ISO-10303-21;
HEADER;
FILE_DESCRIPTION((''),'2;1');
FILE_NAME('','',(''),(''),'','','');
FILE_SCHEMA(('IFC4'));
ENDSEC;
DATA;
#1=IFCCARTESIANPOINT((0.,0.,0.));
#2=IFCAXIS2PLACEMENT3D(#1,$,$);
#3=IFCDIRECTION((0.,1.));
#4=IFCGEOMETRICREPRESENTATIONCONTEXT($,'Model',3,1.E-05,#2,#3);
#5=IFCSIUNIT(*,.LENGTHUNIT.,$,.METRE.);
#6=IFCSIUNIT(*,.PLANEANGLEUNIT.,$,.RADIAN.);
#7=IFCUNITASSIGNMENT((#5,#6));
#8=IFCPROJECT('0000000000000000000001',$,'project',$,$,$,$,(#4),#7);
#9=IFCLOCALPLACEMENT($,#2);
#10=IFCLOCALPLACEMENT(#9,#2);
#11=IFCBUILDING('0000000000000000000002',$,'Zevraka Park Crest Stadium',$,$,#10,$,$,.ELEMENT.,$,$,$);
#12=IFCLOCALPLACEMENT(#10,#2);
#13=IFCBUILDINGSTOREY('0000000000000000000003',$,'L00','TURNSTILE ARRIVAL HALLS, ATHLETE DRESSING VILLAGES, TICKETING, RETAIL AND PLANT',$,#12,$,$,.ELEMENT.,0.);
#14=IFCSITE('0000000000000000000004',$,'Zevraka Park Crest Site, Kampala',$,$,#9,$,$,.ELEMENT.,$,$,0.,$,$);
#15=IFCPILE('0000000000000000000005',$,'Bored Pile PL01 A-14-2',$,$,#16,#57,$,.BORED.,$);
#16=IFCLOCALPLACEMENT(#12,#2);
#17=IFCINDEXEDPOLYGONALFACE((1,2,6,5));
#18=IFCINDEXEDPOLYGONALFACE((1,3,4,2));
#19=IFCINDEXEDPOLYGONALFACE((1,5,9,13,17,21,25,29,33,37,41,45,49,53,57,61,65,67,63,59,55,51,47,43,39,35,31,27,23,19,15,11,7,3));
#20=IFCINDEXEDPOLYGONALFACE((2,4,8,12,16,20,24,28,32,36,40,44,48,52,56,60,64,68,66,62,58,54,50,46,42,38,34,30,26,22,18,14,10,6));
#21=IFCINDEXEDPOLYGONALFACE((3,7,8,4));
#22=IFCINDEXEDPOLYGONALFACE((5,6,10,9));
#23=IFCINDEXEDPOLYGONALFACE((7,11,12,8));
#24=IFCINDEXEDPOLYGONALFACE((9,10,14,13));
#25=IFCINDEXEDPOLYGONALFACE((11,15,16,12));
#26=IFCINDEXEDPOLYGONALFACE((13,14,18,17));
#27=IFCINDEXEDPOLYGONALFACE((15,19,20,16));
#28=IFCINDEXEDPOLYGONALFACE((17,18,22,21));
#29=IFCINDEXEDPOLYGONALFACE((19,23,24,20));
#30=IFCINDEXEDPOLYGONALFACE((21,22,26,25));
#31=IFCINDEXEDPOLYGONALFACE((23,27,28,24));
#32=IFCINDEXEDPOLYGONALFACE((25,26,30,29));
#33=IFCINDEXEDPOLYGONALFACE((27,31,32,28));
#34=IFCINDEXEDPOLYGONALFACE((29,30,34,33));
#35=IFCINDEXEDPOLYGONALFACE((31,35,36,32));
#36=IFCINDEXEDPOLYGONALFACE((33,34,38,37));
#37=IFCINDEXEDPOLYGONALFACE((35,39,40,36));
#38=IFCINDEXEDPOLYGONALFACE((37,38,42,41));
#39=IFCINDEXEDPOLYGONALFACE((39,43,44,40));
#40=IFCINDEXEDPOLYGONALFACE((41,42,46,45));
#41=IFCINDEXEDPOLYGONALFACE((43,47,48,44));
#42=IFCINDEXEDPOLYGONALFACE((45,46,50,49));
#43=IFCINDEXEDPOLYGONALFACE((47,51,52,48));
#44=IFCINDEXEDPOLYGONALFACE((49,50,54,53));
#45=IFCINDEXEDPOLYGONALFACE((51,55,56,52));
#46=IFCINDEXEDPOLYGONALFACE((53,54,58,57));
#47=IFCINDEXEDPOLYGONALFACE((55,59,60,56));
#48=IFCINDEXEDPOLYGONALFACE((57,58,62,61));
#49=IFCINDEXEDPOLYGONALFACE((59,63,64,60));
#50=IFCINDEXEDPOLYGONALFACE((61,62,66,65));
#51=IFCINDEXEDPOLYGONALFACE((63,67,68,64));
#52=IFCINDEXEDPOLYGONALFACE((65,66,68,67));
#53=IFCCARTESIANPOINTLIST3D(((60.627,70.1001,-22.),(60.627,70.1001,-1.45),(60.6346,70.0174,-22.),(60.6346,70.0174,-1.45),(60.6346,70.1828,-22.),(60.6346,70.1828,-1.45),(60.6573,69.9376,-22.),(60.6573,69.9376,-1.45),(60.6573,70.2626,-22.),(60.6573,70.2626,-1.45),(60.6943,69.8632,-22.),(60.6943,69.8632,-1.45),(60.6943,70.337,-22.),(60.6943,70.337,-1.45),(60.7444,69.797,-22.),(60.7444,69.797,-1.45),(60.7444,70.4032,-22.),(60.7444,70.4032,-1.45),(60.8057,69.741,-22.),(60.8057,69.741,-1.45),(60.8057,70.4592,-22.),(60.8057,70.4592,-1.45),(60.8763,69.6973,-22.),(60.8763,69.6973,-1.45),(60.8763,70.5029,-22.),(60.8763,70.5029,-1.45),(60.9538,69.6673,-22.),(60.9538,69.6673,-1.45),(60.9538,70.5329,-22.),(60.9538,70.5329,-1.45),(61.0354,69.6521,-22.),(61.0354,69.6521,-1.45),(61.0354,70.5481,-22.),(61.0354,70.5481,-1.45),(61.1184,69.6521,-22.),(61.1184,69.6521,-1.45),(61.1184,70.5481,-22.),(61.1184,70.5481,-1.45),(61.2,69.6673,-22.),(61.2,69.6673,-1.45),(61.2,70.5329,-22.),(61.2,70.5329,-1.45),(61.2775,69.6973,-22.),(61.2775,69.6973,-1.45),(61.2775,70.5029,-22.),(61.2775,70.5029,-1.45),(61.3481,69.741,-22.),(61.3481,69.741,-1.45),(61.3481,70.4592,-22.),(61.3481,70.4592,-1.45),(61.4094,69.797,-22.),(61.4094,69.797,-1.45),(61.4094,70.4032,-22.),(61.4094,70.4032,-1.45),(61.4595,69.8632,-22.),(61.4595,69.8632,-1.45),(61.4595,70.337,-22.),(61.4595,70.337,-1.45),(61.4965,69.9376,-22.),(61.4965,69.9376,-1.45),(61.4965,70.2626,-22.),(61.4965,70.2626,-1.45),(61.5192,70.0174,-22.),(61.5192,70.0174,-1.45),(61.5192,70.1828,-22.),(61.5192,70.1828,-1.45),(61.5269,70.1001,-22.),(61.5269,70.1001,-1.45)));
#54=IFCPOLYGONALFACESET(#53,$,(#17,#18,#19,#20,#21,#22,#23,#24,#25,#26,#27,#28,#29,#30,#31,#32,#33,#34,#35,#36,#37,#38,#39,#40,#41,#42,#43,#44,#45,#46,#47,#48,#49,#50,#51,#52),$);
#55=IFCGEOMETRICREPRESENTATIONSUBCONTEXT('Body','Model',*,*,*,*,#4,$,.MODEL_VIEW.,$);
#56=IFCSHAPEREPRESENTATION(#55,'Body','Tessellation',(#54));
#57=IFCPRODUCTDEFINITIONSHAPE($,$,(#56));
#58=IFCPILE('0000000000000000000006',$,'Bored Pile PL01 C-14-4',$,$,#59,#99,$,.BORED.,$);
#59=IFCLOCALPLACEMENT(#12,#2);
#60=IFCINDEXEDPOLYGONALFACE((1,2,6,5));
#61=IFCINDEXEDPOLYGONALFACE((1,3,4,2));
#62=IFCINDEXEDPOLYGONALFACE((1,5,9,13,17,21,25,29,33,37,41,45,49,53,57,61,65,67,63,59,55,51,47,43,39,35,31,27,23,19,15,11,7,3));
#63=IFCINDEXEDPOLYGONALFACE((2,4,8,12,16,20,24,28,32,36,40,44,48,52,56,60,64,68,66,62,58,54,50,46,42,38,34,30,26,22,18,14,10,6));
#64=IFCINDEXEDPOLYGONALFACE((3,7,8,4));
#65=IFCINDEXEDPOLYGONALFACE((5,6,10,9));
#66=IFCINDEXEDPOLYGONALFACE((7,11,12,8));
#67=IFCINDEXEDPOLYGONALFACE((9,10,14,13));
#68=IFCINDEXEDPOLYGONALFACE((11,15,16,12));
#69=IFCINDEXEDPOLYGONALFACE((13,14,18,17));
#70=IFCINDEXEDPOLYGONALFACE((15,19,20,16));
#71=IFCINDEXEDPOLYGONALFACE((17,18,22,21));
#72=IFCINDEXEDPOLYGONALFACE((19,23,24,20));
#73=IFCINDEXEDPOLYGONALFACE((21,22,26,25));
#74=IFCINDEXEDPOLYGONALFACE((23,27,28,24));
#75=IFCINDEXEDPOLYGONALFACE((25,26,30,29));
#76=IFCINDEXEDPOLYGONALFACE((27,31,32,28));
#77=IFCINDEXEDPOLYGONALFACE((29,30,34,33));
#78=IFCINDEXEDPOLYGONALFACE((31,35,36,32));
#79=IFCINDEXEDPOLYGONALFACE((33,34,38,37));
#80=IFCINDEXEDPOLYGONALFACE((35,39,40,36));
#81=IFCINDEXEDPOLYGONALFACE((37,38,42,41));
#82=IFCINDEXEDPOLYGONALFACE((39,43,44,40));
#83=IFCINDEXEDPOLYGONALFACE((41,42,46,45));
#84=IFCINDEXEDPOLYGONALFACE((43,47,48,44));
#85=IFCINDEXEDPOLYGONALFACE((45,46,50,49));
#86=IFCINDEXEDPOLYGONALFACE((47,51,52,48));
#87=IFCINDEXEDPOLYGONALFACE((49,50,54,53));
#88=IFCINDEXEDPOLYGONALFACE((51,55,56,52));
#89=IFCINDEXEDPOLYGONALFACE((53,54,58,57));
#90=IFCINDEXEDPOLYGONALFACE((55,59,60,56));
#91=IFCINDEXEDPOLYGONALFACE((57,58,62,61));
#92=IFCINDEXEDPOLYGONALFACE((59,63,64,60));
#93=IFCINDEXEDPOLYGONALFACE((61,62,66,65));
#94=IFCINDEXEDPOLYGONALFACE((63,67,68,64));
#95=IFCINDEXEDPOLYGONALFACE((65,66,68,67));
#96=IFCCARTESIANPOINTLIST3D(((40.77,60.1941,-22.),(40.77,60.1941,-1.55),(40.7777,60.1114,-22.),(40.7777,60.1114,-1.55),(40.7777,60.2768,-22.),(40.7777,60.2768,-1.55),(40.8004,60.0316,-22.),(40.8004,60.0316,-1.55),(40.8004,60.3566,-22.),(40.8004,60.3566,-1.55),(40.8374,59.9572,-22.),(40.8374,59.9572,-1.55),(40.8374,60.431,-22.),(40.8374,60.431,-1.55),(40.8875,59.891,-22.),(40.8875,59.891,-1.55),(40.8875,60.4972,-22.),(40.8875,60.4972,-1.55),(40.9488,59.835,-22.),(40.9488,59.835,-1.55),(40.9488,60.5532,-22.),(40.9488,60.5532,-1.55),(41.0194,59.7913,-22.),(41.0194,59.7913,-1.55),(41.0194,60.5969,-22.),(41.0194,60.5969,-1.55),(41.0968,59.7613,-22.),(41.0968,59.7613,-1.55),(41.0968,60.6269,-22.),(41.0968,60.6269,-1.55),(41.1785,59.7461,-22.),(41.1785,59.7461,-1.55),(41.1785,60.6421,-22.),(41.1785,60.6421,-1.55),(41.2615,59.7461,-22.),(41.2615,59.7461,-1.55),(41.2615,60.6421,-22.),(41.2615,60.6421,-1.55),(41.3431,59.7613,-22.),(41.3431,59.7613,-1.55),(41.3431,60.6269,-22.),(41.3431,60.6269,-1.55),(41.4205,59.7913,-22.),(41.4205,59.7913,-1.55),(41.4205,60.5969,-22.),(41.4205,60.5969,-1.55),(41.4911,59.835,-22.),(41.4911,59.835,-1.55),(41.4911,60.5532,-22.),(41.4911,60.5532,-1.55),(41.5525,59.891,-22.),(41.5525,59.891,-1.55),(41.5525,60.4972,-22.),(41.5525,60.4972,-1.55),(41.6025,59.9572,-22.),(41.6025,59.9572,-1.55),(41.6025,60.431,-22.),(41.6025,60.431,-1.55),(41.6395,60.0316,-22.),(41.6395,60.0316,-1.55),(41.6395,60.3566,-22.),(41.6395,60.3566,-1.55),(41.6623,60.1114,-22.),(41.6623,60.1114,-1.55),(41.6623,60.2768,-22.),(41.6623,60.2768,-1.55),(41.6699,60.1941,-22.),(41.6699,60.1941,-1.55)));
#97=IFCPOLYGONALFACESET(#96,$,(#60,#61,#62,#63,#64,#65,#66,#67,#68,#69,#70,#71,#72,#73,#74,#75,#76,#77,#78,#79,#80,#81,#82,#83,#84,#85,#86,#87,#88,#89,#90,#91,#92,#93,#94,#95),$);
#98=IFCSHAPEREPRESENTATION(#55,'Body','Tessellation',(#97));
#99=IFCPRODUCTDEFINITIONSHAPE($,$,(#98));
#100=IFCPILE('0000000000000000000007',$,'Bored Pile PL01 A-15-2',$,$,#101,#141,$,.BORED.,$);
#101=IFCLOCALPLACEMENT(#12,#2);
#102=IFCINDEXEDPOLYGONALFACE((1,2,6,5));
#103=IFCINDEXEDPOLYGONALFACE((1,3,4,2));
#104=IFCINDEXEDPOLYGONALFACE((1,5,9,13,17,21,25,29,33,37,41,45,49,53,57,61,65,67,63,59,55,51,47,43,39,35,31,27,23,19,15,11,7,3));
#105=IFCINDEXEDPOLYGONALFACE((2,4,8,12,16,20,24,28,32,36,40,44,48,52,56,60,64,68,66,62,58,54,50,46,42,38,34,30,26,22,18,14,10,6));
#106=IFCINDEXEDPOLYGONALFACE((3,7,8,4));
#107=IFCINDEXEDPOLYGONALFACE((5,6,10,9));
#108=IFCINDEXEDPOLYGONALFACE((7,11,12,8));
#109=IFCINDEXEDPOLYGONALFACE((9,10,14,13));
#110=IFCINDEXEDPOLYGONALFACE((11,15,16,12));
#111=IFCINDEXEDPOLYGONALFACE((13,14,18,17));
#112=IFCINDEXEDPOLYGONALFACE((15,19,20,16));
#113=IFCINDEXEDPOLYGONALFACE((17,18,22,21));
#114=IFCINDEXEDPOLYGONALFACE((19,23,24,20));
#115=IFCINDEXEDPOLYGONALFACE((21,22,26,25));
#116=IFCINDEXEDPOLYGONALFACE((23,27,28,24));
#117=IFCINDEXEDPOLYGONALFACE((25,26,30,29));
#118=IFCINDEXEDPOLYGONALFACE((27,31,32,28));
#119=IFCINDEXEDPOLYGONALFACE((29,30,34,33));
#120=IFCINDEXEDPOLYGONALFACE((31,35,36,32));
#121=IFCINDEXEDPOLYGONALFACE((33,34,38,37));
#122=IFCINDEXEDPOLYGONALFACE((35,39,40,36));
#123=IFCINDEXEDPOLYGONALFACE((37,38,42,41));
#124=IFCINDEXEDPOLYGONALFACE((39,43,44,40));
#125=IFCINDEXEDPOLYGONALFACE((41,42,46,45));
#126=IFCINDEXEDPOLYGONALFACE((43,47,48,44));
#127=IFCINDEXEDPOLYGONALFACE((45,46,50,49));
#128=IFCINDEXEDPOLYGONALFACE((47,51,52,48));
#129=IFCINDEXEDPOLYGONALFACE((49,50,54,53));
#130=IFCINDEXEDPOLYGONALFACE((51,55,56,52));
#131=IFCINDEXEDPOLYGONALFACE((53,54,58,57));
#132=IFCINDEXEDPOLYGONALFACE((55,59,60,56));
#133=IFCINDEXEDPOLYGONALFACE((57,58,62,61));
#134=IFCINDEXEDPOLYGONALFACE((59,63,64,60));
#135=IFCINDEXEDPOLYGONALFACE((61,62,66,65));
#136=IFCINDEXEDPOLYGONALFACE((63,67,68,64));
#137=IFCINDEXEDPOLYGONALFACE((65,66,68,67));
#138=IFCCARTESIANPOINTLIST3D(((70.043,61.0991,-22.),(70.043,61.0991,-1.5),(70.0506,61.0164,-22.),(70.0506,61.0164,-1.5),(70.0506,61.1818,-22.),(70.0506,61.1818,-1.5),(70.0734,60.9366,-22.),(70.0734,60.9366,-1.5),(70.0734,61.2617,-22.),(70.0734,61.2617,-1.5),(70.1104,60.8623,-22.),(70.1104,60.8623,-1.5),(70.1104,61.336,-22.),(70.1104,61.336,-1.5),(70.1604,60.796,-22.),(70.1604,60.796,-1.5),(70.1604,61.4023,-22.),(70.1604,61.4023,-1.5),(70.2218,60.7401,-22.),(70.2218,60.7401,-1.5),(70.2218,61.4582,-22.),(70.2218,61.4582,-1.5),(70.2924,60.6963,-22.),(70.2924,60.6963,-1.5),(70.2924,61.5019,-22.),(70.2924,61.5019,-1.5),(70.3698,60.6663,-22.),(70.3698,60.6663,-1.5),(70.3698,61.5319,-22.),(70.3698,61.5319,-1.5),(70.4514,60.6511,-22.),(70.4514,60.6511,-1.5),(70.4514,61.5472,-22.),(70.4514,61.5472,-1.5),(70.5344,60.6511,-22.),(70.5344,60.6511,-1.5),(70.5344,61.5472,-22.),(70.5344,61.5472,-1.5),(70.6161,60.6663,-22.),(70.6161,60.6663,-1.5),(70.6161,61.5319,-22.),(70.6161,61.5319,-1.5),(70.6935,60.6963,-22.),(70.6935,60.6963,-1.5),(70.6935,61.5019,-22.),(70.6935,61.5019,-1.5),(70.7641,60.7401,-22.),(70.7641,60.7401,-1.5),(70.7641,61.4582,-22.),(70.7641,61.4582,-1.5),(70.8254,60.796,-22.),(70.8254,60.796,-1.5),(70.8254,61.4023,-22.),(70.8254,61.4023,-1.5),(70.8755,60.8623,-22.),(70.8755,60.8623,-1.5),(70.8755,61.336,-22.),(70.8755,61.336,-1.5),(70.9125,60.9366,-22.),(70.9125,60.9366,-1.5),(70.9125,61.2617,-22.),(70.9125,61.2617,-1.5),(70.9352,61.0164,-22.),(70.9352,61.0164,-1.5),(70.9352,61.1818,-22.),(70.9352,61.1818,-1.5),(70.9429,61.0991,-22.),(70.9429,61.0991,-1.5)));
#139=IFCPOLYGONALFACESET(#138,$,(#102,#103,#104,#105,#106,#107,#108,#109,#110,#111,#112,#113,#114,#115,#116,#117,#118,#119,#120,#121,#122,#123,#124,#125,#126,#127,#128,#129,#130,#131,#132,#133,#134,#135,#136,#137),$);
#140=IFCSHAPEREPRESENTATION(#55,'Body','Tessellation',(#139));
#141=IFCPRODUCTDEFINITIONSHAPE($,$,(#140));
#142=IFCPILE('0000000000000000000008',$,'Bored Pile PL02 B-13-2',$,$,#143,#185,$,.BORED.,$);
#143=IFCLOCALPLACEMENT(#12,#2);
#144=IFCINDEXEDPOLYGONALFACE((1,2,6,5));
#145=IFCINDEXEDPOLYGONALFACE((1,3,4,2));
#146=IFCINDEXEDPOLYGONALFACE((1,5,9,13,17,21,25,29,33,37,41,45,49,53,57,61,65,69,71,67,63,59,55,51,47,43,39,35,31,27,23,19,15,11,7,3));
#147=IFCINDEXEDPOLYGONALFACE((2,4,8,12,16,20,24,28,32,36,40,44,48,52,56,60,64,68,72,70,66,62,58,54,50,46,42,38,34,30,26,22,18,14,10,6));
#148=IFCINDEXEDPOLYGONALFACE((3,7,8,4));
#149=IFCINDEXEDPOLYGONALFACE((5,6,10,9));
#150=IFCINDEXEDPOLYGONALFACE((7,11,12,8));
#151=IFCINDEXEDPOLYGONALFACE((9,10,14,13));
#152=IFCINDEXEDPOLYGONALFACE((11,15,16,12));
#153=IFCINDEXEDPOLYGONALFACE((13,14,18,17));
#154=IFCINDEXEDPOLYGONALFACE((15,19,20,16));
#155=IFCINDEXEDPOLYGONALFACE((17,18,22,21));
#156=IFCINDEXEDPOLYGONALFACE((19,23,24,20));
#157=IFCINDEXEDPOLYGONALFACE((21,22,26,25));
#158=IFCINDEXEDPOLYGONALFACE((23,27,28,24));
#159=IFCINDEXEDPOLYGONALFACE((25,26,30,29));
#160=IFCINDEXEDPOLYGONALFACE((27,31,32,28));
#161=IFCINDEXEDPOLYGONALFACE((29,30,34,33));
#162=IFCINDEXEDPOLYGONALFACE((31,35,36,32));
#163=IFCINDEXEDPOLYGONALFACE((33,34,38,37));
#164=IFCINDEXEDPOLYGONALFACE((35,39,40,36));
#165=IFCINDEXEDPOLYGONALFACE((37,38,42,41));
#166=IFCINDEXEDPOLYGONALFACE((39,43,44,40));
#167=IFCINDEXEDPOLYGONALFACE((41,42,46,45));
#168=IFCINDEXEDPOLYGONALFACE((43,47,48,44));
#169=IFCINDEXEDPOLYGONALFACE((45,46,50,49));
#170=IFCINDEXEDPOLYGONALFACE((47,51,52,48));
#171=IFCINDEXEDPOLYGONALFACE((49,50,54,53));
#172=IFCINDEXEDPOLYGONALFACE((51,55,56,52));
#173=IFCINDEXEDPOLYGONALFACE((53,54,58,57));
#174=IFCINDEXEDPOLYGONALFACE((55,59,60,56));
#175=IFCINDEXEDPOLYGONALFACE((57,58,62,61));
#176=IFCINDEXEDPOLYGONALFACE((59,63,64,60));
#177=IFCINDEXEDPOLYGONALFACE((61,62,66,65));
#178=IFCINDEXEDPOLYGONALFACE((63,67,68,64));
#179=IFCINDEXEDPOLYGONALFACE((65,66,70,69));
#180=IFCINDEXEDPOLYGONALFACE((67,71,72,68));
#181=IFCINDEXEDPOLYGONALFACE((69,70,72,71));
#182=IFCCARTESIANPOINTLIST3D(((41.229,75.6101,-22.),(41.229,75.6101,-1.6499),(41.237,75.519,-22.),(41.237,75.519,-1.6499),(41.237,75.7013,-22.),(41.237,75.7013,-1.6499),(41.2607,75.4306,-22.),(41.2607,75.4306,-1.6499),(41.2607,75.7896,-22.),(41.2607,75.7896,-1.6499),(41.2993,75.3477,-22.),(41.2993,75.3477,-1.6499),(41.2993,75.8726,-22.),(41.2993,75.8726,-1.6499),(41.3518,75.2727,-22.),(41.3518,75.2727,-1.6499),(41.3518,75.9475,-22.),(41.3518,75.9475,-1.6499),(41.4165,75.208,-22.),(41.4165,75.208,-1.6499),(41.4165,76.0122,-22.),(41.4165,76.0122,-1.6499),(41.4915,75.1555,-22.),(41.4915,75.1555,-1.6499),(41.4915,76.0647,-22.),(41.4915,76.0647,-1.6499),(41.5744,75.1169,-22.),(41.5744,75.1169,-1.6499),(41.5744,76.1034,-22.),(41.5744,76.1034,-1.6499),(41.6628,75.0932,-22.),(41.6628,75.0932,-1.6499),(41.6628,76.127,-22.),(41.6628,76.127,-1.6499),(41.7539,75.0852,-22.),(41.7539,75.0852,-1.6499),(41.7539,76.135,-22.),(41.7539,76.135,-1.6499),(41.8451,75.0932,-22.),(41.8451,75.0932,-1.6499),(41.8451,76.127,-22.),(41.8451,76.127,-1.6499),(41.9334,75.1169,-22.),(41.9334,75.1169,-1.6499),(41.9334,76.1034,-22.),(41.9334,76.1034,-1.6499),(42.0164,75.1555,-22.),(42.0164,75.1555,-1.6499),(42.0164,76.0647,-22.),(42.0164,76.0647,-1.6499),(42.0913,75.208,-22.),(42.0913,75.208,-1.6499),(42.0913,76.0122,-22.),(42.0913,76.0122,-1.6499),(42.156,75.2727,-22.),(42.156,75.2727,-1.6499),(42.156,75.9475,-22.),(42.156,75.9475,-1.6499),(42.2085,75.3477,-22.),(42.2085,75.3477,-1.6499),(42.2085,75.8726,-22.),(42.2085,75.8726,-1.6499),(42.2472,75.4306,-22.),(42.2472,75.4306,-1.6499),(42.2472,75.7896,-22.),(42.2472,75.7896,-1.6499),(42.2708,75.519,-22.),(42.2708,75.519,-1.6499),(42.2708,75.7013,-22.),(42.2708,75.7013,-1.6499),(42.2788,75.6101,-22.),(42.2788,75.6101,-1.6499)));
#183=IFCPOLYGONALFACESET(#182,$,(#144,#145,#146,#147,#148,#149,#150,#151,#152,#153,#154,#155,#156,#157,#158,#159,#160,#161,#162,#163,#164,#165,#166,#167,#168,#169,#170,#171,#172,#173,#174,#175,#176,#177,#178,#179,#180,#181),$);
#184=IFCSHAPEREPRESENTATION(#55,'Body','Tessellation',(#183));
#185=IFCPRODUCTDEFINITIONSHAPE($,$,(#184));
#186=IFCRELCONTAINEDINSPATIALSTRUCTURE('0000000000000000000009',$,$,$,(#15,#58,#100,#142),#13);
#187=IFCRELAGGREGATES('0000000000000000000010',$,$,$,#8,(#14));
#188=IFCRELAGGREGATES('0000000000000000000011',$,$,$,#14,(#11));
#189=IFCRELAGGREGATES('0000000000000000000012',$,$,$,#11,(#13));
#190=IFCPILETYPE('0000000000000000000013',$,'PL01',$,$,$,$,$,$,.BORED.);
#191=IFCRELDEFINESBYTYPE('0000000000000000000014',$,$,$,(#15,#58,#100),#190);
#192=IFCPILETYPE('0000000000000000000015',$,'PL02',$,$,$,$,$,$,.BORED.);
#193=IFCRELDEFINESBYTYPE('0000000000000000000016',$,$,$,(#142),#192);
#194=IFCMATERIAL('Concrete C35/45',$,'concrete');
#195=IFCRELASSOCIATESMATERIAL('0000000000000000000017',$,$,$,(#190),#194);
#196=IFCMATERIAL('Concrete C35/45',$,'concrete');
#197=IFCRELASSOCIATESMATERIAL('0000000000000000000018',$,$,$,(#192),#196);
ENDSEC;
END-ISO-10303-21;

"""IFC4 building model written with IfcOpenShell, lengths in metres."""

from ifc_helpers import new_model, si_unit, direction, frame, origin, origin_2d, place, context, subcontext, project, spatial, circle, extrude, material, material_profile, profile_set, type_object, element, save


model = new_model("IFC4")

# Units and contexts
model_context = context("Model", 3, precision=1e-05, world=origin(), true_north=direction((0.0, 1.0)))
body_context = subcontext(model_context, "Body", "Model", "MODEL_VIEW")
ifc_project = project(units=[si_unit("LENGTHUNIT", "METRE"), si_unit("PLANEANGLEUNIT", "RADIAN")], contexts=[model_context])

# Site, building, storey
site_placement = place(None, origin())
site = spatial("IfcSite", under=ifc_project, at=site_placement, Name="Zevraka Park Crest Site, Kampala", CompositionType="ELEMENT", RefElevation=0.0)
building_placement = place(site_placement, origin())
building = spatial("IfcBuilding", under=site, at=building_placement, Name="Zevraka Park Crest Stadium", CompositionType="ELEMENT")
storey_placement = place(building_placement, origin())
storey = spatial("IfcBuildingStorey", under=building, at=storey_placement, Name="L00", Description="TURNSTILE ARRIVAL HALLS, ATHLETE DRESSING VILLAGES, TICKETING, RETAIL AND PLANT", CompositionType="ELEMENT", Elevation=0.0)

# Piles
ifc_material_1 = material(Name="Concrete C35/45", Category="concrete")
ifc_material_profile_1 = material_profile(ifc_material_1, circle(Radius=0.45, at=origin_2d()), Name="PILE D900")
ifc_profile_set_1 = profile_set([ifc_material_profile_1], Name="Concrete C35/45")
pile_type_1 = type_object("IfcPileType", Name="PL01", PredefinedType="BORED", material=ifc_profile_set_1)
for number, where, z_axis, x_axis, name in (
    (1, (61.0769, 70.1001, -1.45), (0.0, 0.0, -1.0), (1.0, 0.0, 0.0), "Bored Pile PL01 A-14-2"),
):
    element("IfcPile", number, at=place(storey_placement, frame(where, z_axis=z_axis, x_axis=x_axis)), inside=storey, type_object=pile_type_1, Name=name, PredefinedType="BORED", context=body_context, shape_type="SweptSolid", body=[
        extrude(circle(Radius=0.45, at=origin_2d()), origin(), (0.0, 0.0, 1.0), 20.55),
    ])
pile_1_placement = place(storey_placement, frame((41.22, 60.1941, -1.55), z_axis=(0.0, 0.0, -1.0), x_axis=(1.0, 0.0, 0.0)))
element("IfcPile", 2, at=pile_1_placement, inside=storey, type_object=pile_type_1, Name="Bored Pile PL01 C-14-4", PredefinedType="BORED", context=body_context, shape_type="SweptSolid", body=[
    extrude(circle(Radius=0.45, at=origin_2d()), origin(), (0.0, 0.0, 1.0), 20.45),
])
pile_2_placement = place(storey_placement, frame((70.4929, 61.0991, -1.5), z_axis=(0.0, 0.0, -1.0), x_axis=(1.0, 0.0, 0.0)))
element("IfcPile", 3, at=pile_2_placement, inside=storey, type_object=pile_type_1, Name="Bored Pile PL01 A-15-2", PredefinedType="BORED", context=body_context, shape_type="SweptSolid", body=[
    extrude(circle(Radius=0.45, at=origin_2d()), origin(), (0.0, 0.0, 1.0), 20.5),
])
ifc_material_2 = material(Name="Concrete C35/45", Category="concrete")
ifc_material_profile_2 = material_profile(ifc_material_2, circle(Radius=0.5249, at=origin_2d()), Name="PILE D1050")
ifc_profile_set_2 = profile_set([ifc_material_profile_2], Name="Concrete C35/45")
pile_type_2 = type_object("IfcPileType", Name="PL02", PredefinedType="BORED", material=ifc_profile_set_2)
for number, where, z_axis, x_axis, name in (
    (4, (41.7539, 75.6101, -1.6499), (0.0, 0.0, -1.0), (1.0, 0.0, 0.0), "Bored Pile PL02 B-13-2"),
):
    element("IfcPile", number, at=place(storey_placement, frame(where, z_axis=z_axis, x_axis=x_axis)), inside=storey, type_object=pile_type_2, Name=name, PredefinedType="BORED", context=body_context, shape_type="SweptSolid", body=[
        extrude(circle(Radius=0.5249, at=origin_2d()), origin(), (0.0, 0.0, 1.0), 20.3501),
    ])

save(model, "model.ifc")
